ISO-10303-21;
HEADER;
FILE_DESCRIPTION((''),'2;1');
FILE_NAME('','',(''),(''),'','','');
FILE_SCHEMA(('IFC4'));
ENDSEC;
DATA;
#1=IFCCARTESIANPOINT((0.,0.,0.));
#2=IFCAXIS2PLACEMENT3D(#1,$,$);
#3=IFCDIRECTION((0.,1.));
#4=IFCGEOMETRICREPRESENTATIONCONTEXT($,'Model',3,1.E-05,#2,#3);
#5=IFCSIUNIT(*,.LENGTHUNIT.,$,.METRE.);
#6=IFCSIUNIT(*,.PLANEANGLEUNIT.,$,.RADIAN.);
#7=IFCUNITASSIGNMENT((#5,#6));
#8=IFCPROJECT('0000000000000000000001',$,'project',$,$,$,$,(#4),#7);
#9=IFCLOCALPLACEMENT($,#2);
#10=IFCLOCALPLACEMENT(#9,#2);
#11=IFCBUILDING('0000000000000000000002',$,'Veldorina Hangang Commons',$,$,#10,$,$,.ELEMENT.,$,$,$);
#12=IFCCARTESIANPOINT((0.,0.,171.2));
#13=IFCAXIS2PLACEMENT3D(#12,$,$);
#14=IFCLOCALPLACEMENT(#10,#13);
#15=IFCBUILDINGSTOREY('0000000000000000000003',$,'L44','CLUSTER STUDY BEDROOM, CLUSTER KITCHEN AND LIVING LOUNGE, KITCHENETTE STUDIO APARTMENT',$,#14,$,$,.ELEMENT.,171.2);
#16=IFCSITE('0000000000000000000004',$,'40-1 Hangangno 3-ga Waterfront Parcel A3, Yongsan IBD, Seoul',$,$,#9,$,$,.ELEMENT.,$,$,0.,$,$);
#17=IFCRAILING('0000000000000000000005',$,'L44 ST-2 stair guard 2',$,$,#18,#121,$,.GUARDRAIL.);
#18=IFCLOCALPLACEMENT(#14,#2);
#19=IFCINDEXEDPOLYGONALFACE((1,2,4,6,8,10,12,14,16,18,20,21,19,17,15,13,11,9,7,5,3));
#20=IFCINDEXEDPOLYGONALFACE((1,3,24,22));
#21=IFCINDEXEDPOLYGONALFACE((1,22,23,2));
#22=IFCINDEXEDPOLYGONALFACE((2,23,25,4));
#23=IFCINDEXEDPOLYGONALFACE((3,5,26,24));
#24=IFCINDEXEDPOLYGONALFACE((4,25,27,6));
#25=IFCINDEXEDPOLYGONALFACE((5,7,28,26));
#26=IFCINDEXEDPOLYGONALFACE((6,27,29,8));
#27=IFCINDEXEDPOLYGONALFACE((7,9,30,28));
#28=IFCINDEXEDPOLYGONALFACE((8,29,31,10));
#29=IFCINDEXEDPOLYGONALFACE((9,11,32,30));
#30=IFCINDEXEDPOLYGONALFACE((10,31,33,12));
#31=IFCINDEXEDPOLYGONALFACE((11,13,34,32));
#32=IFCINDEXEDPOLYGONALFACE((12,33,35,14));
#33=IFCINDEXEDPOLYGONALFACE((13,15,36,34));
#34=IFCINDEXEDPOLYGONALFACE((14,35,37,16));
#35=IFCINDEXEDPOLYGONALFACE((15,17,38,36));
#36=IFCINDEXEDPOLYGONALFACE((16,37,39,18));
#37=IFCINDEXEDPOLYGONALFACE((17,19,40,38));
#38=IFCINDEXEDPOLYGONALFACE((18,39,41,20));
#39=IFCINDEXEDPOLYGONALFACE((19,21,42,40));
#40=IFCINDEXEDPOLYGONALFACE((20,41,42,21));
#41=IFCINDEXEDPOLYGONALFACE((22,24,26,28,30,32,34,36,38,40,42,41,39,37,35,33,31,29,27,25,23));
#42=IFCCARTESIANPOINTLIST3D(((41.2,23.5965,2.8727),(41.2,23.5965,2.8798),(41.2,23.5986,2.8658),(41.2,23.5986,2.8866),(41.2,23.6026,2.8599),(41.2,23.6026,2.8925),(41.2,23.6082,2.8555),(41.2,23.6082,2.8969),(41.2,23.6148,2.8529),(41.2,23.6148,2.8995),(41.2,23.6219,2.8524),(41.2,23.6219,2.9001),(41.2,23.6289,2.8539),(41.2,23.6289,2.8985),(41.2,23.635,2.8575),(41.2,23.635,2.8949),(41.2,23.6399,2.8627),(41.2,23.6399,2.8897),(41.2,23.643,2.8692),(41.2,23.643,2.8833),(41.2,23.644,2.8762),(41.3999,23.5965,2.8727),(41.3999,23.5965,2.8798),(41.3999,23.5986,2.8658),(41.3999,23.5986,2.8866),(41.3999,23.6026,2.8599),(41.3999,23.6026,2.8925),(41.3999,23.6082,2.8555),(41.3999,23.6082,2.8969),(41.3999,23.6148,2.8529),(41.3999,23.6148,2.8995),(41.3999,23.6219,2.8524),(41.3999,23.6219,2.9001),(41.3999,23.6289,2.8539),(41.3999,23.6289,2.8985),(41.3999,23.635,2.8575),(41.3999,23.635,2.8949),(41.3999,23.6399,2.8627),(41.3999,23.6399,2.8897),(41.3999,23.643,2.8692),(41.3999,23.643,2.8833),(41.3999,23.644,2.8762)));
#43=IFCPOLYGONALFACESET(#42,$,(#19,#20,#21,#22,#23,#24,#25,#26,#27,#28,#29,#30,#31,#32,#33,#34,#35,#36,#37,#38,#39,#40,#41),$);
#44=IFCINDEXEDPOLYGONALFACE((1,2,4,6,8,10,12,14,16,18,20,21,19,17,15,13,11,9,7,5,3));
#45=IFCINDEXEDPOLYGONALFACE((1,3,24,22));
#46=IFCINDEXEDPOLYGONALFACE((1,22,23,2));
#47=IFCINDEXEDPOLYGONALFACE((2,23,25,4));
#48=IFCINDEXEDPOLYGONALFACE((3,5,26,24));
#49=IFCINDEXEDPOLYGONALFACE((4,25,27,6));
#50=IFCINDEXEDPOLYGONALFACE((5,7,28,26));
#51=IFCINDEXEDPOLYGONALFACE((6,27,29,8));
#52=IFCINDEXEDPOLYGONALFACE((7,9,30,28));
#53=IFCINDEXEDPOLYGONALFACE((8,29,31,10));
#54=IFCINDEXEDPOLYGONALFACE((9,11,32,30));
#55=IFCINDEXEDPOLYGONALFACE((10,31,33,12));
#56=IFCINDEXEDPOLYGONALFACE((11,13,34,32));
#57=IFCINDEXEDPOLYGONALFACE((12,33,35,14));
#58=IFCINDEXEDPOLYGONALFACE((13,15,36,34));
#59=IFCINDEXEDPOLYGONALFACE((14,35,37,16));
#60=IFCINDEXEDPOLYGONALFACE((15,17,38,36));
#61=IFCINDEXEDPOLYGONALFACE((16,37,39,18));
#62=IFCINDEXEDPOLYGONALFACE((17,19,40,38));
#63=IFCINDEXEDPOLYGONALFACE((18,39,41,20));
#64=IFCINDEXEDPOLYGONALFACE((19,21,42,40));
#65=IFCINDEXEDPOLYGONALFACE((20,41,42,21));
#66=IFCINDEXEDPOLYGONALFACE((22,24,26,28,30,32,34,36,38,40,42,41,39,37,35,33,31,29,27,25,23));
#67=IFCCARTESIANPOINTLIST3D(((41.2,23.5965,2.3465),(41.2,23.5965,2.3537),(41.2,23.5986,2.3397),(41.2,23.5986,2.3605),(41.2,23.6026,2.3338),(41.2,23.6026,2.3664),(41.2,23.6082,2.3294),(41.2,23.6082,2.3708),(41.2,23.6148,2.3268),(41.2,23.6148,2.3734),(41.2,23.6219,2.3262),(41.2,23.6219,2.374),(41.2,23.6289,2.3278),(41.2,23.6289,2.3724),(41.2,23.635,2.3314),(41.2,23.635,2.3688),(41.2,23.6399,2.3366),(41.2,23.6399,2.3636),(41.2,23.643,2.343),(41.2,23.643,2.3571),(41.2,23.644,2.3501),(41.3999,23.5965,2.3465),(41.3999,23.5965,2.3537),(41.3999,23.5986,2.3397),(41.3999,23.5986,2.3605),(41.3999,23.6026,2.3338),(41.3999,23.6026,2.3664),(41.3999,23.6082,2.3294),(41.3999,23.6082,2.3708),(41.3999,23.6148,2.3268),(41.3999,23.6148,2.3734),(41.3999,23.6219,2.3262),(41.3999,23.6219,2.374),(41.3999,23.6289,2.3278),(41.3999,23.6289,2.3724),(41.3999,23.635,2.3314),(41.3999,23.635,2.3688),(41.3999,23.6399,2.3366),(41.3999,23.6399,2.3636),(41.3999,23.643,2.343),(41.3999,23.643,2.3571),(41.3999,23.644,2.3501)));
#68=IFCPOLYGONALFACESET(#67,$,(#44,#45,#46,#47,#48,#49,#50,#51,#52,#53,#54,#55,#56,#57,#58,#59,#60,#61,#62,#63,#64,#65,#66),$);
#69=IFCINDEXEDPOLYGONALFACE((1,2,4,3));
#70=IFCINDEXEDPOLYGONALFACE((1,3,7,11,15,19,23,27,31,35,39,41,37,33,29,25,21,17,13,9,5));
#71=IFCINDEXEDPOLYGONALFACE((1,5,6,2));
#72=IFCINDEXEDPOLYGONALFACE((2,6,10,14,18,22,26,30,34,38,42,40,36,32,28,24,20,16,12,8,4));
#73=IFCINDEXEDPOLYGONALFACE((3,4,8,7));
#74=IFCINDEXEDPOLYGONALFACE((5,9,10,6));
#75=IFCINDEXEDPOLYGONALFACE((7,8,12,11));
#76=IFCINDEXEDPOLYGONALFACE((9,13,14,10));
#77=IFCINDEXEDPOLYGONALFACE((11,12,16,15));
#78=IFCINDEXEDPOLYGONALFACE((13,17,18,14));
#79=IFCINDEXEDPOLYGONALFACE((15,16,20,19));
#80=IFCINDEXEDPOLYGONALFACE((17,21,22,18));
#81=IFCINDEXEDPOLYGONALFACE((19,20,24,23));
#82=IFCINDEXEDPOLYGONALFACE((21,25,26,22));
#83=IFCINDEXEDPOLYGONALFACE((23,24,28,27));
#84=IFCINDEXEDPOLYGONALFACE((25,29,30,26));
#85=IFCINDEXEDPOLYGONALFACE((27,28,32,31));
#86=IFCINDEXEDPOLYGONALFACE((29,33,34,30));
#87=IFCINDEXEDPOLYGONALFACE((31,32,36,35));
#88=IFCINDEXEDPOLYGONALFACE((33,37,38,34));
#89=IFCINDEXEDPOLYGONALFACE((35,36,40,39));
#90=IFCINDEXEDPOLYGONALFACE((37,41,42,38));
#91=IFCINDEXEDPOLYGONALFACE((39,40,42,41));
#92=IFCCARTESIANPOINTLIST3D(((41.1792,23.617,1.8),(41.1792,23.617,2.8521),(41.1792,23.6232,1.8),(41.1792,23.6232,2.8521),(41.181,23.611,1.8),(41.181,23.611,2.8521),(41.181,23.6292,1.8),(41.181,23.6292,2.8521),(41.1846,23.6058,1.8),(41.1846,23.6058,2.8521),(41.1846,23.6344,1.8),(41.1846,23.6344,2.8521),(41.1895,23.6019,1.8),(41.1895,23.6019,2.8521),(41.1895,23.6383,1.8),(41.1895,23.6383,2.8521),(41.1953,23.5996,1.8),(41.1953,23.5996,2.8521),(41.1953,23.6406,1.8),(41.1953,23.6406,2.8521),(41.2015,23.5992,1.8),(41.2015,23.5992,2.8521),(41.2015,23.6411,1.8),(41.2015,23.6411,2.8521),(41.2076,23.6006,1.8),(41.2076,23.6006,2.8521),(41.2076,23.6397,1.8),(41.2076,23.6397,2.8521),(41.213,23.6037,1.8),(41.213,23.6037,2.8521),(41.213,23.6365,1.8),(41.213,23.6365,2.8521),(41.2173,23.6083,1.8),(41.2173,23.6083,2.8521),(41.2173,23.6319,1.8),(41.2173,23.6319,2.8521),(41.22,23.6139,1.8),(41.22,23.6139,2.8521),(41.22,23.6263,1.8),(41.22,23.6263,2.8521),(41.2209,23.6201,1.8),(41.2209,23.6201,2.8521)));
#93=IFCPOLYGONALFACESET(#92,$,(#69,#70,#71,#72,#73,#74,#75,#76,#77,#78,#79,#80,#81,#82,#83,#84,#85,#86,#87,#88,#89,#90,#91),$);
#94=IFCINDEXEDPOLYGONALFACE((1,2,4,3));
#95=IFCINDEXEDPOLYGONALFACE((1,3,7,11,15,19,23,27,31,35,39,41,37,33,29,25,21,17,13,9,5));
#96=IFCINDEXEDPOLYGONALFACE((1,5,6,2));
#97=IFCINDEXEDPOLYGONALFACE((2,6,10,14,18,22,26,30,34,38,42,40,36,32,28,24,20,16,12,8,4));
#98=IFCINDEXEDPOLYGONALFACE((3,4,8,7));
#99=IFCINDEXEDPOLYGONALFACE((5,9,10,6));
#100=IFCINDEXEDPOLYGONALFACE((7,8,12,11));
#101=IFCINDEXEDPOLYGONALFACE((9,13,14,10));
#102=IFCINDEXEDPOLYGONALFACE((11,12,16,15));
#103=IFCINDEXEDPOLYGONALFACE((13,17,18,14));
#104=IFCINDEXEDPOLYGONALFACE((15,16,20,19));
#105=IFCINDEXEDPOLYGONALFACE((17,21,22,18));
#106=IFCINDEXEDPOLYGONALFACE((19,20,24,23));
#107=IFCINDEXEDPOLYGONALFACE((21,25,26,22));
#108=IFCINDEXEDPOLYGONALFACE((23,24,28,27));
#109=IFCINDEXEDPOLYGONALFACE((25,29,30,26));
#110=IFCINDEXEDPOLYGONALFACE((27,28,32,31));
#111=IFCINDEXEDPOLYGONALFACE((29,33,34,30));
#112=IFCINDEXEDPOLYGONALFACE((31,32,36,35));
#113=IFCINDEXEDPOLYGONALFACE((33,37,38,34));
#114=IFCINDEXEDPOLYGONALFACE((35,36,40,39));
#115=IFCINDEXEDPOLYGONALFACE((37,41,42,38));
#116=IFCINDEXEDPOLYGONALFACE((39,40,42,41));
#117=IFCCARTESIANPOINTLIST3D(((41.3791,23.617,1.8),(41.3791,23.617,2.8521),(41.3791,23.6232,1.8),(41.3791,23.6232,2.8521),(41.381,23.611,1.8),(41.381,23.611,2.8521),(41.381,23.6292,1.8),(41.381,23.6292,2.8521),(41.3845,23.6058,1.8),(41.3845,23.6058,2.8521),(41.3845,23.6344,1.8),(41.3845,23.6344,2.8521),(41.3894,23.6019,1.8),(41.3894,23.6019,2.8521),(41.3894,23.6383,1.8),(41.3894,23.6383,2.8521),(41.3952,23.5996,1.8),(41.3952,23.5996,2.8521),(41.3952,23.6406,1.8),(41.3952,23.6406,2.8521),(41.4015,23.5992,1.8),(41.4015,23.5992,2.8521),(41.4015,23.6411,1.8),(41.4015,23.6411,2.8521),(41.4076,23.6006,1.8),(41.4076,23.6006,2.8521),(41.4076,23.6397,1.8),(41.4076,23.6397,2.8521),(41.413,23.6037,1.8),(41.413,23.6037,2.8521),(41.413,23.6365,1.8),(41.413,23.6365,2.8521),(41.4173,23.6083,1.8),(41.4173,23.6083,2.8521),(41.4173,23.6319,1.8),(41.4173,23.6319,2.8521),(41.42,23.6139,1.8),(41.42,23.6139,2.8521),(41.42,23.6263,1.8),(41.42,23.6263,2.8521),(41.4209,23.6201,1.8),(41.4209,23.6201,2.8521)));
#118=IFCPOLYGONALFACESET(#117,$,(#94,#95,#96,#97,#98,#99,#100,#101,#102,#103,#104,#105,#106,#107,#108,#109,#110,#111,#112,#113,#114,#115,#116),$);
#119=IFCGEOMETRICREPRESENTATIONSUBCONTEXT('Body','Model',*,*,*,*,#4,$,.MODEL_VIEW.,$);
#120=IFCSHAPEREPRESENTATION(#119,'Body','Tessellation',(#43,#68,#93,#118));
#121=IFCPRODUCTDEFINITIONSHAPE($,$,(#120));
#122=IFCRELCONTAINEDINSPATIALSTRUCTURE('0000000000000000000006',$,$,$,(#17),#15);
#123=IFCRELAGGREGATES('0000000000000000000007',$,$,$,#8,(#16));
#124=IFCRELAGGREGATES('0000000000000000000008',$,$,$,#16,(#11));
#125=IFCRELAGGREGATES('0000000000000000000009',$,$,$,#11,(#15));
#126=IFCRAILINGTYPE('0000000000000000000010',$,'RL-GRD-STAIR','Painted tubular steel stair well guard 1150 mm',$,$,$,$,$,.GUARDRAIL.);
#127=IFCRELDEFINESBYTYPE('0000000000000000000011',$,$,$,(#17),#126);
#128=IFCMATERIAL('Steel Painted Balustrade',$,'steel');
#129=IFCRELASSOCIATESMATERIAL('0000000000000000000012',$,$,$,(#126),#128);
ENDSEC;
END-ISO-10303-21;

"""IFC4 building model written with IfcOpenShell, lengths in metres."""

from ifc_helpers import new_model, si_unit, direction, frame, origin, origin_2d, place, context, subcontext, project, spatial, circle, extrude, material, type_object, element, save


model = new_model("IFC4")

# Units and contexts
model_context = context("Model", 3, precision=1e-05, world=origin(), true_north=direction((0.0, 1.0)))
body_context = subcontext(model_context, "Body", "Model", "MODEL_VIEW")
ifc_project = project(units=[si_unit("LENGTHUNIT", "METRE"), si_unit("PLANEANGLEUNIT", "RADIAN")], contexts=[model_context])

# Site, building, storey
site_placement = place(None, origin())
site = spatial("IfcSite", under=ifc_project, at=site_placement, Name="40-1 Hangangno 3-ga Waterfront Parcel A3, Yongsan IBD, Seoul", CompositionType="ELEMENT", RefElevation=0.0)
building_placement = place(site_placement, origin())
building = spatial("IfcBuilding", under=site, at=building_placement, Name="Veldorina Hangang Commons", CompositionType="ELEMENT")
storey_placement = place(building_placement, frame((0.0, 0.0, 171.2)))
storey = spatial("IfcBuildingStorey", under=building, at=storey_placement, Name="L44", Description="CLUSTER STUDY BEDROOM, CLUSTER KITCHEN AND LIVING LOUNGE, KITCHENETTE STUDIO APARTMENT", CompositionType="ELEMENT", Elevation=171.2)

# Railing
ifc_material_1 = material(Name="Steel Painted Balustrade", Category="steel")
railing_type_1 = type_object("IfcRailingType", Name="RL-GRD-STAIR", Description="Painted tubular steel stair well guard 1150 mm", PredefinedType="GUARDRAIL", material=ifc_material_1)
railing_1_placement = place(storey_placement, frame((41.2, 23.6201, 1.8)))
element("IfcRailing", 1, at=railing_1_placement, inside=storey, type_object=railing_type_1, Name="L44 ST-2 stair guard 2", PredefinedType="GUARDRAIL", context=body_context, shape_type="SweptSolid", body=[
    extrude(circle(Radius=0.0239, at=origin_2d()), frame((0.0, 0.0, 1.0762), z_axis=(1.0, 0.0, 0.0), x_axis=(0.0, 1.0, 0.0)), (0.0, 0.0, 1.0), 0.2),
    extrude(circle(Radius=0.0239, at=origin_2d()), frame((0.0, 0.0, 0.55), z_axis=(1.0, 0.0, 0.0), x_axis=(0.0, 1.0, 0.0)), (0.0, 0.0, 1.0), 0.2),
    extrude(circle(Radius=0.021, at=origin_2d()), origin(), (0.0, 0.0, 1.0), 1.052),
    extrude(circle(Radius=0.021, at=origin_2d()), frame((0.2, 0.0, 0.0)), (0.0, 0.0, 1.0), 1.052),
])

save(model, "model.ifc")
